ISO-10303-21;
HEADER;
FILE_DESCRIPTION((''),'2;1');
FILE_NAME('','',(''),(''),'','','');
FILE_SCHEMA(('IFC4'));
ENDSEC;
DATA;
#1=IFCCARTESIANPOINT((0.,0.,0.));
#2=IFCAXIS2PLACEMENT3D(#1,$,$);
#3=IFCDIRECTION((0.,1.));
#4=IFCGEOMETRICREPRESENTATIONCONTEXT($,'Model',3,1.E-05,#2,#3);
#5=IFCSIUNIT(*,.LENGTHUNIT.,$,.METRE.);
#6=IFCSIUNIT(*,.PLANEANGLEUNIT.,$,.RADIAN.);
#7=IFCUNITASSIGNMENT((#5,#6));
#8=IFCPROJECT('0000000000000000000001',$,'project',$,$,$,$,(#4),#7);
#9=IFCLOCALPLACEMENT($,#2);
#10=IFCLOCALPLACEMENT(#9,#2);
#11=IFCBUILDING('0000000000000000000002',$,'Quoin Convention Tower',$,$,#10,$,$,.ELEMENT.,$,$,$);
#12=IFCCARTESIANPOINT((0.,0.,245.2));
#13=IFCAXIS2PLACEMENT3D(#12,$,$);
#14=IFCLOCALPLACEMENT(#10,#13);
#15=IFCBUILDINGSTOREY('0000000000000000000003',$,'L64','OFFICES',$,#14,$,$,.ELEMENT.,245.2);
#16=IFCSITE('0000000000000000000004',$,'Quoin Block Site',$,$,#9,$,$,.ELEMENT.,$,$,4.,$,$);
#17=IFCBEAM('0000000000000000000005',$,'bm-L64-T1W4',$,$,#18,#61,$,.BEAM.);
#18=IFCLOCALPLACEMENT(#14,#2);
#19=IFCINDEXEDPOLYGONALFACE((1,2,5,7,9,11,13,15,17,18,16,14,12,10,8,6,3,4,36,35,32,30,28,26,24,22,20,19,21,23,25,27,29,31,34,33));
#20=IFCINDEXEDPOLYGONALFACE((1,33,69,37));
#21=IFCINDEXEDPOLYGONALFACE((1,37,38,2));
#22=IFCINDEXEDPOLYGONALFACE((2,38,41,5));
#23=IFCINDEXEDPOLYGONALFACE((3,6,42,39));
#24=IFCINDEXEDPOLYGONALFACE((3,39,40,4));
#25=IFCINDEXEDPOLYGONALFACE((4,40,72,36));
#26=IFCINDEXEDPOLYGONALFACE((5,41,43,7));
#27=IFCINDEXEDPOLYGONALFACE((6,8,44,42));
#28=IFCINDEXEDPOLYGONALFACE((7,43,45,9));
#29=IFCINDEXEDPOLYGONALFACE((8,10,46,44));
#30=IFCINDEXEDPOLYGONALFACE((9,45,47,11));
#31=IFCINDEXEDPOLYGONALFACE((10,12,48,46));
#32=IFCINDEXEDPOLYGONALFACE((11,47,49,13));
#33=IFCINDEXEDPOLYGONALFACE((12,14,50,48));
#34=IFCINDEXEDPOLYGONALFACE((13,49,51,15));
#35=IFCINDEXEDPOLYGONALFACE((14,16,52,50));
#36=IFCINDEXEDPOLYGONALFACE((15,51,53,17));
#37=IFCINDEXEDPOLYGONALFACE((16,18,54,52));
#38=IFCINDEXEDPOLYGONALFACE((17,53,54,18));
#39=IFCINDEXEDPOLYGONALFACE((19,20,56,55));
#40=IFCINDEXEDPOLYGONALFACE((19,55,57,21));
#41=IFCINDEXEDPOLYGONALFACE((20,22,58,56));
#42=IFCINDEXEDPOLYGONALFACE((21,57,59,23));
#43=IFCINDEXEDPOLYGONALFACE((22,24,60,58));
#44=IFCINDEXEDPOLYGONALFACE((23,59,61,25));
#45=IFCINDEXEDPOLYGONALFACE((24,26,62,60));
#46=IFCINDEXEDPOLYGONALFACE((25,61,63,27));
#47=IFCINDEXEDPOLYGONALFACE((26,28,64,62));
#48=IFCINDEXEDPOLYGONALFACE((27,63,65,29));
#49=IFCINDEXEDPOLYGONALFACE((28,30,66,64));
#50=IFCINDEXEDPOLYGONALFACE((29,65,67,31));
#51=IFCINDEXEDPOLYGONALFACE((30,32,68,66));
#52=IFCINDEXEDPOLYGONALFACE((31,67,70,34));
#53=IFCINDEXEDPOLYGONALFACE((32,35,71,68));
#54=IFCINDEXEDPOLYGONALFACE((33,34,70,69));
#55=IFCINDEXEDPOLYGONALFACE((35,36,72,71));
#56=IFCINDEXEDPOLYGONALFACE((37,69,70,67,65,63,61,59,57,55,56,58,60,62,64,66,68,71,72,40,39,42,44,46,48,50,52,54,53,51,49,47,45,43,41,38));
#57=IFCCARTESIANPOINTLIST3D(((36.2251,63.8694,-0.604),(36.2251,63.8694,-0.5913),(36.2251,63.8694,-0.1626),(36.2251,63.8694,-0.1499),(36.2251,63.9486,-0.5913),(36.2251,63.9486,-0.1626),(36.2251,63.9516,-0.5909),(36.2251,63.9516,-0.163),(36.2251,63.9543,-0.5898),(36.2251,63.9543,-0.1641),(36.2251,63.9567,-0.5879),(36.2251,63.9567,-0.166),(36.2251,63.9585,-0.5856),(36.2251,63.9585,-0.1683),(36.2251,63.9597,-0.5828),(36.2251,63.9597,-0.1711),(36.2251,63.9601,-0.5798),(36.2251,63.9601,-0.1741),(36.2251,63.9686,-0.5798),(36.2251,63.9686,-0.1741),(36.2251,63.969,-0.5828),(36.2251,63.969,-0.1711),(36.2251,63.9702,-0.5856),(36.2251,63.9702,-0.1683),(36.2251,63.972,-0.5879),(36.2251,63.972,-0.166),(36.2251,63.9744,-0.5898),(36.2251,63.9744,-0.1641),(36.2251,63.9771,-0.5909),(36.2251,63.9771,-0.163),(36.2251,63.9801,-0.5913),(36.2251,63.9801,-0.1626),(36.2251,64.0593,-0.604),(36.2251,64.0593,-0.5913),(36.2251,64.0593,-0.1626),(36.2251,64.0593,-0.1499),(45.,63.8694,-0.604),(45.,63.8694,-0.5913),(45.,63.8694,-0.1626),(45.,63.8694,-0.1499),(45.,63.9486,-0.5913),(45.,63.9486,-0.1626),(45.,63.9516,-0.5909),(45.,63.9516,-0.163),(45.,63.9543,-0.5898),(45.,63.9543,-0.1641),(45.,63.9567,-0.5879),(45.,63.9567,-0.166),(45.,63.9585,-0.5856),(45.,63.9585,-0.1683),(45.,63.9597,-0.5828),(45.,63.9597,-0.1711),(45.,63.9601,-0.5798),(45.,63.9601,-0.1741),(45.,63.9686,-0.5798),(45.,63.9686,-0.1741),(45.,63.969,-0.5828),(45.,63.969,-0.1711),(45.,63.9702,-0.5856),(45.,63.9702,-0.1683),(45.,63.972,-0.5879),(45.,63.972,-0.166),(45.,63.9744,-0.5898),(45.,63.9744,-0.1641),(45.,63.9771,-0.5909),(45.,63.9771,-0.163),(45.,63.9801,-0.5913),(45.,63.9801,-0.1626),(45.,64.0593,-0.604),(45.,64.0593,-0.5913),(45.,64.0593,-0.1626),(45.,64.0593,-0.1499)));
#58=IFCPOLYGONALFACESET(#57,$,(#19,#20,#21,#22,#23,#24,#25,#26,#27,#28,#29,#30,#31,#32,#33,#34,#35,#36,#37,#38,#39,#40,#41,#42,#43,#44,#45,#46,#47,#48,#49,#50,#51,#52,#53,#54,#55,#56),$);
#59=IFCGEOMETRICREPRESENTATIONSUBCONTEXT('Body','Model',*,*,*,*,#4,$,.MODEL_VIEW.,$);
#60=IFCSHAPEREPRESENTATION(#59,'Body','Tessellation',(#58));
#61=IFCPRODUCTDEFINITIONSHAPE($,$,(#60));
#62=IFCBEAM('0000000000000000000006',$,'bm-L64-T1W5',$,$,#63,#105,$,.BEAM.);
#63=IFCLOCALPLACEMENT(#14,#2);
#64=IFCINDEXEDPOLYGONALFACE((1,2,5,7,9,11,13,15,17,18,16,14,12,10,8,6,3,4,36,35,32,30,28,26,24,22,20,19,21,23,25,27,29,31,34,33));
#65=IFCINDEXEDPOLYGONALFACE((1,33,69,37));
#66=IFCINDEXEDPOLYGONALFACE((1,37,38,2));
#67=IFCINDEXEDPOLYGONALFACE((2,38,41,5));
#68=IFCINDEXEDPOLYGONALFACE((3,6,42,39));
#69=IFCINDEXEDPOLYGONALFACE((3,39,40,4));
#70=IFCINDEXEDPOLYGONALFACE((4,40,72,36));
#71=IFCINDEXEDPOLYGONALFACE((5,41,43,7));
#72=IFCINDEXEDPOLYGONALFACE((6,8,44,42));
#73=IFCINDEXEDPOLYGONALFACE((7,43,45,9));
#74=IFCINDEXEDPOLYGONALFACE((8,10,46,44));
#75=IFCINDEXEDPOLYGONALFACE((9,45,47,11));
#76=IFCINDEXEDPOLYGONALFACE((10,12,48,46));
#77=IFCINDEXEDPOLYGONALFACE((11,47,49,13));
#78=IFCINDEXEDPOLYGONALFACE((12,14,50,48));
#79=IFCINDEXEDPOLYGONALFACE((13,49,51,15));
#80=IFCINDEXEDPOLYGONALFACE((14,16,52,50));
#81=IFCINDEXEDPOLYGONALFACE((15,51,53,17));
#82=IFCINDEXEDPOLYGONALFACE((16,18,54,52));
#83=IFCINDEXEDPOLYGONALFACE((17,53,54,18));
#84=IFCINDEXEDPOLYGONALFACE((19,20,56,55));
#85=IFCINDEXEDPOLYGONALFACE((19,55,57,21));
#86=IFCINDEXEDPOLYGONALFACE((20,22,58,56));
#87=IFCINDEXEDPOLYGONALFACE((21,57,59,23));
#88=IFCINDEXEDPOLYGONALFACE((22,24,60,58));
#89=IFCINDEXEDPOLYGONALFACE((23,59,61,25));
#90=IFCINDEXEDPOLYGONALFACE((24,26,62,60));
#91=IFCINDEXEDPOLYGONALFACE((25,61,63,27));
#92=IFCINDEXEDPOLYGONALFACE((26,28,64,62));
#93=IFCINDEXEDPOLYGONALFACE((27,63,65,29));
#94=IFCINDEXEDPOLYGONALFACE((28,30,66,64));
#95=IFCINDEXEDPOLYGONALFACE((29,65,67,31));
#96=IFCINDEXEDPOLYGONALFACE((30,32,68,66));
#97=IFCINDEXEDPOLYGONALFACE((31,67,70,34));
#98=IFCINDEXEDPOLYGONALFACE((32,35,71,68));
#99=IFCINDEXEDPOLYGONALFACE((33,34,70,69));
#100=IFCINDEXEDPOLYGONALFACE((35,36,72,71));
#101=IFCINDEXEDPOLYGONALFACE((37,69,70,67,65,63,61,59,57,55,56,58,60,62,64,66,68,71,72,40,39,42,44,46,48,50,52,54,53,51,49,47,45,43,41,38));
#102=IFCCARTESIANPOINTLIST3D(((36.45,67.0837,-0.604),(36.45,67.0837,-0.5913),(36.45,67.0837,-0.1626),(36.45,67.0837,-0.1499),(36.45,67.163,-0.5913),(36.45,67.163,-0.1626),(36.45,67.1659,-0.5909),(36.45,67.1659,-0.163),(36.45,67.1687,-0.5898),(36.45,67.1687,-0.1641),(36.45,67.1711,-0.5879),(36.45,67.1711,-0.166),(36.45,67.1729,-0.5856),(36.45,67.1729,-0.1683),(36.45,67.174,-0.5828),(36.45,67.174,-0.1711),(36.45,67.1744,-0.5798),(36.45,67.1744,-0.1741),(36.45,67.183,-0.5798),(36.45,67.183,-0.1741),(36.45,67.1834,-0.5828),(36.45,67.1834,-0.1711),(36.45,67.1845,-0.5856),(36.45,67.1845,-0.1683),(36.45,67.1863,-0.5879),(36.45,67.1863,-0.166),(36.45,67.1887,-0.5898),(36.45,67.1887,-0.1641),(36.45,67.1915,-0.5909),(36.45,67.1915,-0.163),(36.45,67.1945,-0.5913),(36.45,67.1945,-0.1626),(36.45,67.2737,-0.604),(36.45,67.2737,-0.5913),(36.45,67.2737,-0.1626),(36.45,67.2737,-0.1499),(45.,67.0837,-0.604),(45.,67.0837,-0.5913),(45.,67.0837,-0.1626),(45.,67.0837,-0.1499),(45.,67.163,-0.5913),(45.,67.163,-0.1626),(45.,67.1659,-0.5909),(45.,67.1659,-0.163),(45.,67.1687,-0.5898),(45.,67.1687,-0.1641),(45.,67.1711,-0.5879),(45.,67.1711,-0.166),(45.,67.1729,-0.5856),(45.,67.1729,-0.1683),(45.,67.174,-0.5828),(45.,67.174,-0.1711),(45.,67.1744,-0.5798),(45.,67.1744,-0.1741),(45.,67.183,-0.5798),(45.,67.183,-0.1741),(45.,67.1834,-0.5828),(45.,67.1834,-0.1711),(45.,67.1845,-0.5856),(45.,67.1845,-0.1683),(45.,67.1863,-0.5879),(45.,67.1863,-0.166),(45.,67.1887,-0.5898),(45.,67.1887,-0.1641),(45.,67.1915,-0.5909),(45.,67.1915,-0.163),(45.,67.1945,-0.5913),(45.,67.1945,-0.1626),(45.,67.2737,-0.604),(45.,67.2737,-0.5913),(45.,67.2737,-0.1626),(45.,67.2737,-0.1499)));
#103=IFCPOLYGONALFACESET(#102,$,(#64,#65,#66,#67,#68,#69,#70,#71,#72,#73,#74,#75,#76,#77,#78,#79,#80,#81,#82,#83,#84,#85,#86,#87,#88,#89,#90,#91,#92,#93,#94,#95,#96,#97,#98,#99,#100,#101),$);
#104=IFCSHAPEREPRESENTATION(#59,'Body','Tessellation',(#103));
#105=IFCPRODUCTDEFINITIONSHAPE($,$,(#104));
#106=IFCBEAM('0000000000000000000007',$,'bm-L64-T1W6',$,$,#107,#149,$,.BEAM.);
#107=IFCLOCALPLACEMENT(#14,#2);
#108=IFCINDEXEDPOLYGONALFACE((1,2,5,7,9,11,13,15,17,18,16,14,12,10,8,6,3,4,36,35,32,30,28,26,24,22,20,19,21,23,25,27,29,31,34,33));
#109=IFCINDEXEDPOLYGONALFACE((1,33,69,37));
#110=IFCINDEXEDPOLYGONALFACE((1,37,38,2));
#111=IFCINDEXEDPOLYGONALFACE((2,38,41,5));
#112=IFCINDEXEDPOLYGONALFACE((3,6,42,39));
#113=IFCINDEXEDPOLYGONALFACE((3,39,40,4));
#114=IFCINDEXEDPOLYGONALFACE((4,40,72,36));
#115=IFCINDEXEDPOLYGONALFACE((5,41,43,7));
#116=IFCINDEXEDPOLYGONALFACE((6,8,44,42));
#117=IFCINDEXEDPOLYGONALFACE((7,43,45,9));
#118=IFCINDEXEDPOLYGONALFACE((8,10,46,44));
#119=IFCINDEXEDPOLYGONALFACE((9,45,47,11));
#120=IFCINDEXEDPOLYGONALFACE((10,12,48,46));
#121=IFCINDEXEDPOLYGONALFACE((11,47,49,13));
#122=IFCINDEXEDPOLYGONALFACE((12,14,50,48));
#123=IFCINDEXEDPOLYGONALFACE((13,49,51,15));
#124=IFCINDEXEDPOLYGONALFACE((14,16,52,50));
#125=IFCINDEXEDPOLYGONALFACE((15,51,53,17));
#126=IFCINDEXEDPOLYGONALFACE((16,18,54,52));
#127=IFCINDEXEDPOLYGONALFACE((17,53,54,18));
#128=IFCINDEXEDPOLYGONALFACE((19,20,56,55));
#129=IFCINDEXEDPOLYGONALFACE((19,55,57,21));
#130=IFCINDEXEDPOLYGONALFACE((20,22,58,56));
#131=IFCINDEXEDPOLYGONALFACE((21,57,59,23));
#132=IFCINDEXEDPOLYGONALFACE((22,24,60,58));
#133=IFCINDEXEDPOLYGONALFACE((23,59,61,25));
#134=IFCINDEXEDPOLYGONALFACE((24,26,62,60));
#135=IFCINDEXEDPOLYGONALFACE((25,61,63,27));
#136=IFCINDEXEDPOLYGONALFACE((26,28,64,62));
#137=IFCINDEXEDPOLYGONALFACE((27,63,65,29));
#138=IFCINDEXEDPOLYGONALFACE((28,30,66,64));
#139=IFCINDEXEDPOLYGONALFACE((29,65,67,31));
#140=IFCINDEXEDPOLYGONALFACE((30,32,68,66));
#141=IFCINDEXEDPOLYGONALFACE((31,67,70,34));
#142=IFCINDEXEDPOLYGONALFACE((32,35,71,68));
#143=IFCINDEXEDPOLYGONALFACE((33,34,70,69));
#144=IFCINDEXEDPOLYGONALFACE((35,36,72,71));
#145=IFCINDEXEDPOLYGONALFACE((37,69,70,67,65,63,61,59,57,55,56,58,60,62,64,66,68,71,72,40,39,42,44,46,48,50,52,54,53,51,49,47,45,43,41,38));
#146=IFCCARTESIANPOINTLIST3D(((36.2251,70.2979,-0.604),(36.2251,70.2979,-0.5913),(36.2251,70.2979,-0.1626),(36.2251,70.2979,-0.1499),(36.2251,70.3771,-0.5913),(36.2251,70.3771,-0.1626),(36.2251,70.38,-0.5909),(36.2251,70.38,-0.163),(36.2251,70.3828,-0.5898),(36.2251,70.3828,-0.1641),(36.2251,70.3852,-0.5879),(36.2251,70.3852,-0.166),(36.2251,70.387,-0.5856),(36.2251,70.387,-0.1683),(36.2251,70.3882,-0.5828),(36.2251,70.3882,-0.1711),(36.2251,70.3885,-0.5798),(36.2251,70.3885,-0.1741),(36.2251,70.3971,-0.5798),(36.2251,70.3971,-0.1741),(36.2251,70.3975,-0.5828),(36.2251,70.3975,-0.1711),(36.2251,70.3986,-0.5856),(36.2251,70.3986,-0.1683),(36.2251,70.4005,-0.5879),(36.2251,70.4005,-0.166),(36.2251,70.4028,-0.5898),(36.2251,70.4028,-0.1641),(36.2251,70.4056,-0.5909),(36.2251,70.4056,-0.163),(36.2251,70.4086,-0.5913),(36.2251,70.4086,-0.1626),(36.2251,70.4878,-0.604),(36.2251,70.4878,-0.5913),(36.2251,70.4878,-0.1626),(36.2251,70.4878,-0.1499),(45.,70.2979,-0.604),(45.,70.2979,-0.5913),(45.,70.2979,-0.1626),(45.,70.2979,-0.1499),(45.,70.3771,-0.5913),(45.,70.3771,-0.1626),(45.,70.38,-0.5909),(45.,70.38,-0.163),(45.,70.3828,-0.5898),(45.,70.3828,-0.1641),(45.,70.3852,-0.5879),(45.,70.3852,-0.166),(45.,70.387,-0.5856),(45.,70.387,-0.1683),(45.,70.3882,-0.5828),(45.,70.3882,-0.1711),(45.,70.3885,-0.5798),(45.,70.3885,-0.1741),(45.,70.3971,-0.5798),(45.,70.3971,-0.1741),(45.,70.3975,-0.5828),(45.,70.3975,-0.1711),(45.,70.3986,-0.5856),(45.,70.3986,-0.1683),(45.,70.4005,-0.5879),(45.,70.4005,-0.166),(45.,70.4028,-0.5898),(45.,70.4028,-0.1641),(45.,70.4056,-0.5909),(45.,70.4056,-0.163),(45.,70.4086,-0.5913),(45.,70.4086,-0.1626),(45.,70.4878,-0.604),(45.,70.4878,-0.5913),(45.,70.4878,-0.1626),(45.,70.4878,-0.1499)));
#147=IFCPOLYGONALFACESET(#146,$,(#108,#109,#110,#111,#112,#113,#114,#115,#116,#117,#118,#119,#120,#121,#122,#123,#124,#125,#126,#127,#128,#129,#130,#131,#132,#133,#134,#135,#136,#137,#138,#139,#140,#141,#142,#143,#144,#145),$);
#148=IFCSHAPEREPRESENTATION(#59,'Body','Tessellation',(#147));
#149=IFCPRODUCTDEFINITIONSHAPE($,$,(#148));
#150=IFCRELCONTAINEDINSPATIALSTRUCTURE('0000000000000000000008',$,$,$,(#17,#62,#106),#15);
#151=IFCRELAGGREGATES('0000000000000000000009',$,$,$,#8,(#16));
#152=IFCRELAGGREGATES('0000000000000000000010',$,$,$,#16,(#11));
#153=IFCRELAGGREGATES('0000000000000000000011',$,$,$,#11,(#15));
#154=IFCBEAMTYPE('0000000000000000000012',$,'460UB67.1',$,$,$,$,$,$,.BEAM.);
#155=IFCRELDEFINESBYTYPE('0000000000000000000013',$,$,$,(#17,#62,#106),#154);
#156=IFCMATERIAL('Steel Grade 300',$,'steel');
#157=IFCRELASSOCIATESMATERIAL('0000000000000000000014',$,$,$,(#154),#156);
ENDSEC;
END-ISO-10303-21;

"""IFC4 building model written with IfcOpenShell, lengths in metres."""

from ifc_helpers import new_model, si_unit, direction, frame, origin, origin_2d, place, context, subcontext, project, spatial, i_section, extrude, material, material_profile, profile_set, type_object, element, save


model = new_model("IFC4")

# Units and contexts
model_context = context("Model", 3, precision=1e-05, world=origin(), true_north=direction((0.0, 1.0)))
body_context = subcontext(model_context, "Body", "Model", "MODEL_VIEW")
ifc_project = project(units=[si_unit("LENGTHUNIT", "METRE"), si_unit("PLANEANGLEUNIT", "RADIAN")], contexts=[model_context])

# Site, building, storey
site_placement = place(None, origin())
site = spatial("IfcSite", under=ifc_project, at=site_placement, Name="Quoin Block Site", CompositionType="ELEMENT", RefElevation=4.0)
building_placement = place(site_placement, origin())
building = spatial("IfcBuilding", under=site, at=building_placement, Name="Quoin Convention Tower", CompositionType="ELEMENT")
storey_placement = place(building_placement, frame((0.0, 0.0, 245.2)))
storey = spatial("IfcBuildingStorey", under=building, at=storey_placement, Name="L64", Description="OFFICES", CompositionType="ELEMENT", Elevation=245.2)

# Beams
ifc_material_1 = material(Name="Steel Grade 300", Category="steel")
ifc_material_profile = material_profile(ifc_material_1, i_section(OverallWidth=0.1899, OverallDepth=0.4541, WebThickness=0.0085, FlangeThickness=0.0127, FilletRadius=0.0115, at=origin_2d()), Name="460UB67.1")
ifc_profile_set = profile_set([ifc_material_profile], Name="Steel Grade 300")
beam_type = type_object("IfcBeamType", Name="460UB67.1", PredefinedType="BEAM", material=ifc_profile_set)
beam_1_placement = place(storey_placement, frame((36.2251, 63.9644, -0.377), z_axis=(1.0, 0.0, 0.0), x_axis=(0.0, 1.0, 0.0)))
element("IfcBeam", 1, at=beam_1_placement, inside=storey, type_object=beam_type, Name="bm-L64-T1W4", PredefinedType="BEAM", context=body_context, shape_type="SweptSolid", body=[
    extrude(i_section(OverallWidth=0.1899, OverallDepth=0.4541, WebThickness=0.0085, FlangeThickness=0.0127, FilletRadius=0.0115, at=origin_2d()), origin(), (0.0, 0.0, 1.0), 8.7749),
])
beam_2_placement = place(storey_placement, frame((36.45, 67.1787, -0.377), z_axis=(1.0, 0.0, 0.0), x_axis=(0.0, 1.0, 0.0)))
element("IfcBeam", 2, at=beam_2_placement, inside=storey, type_object=beam_type, Name="bm-L64-T1W5", PredefinedType="BEAM", context=body_context, shape_type="SweptSolid", body=[
    extrude(i_section(OverallWidth=0.1899, OverallDepth=0.4541, WebThickness=0.0085, FlangeThickness=0.0127, FilletRadius=0.0115, at=origin_2d()), origin(), (0.0, 0.0, 1.0), 8.55),
])
beam_3_placement = place(storey_placement, frame((36.2251, 70.3928, -0.377), z_axis=(1.0, 0.0, 0.0), x_axis=(0.0, 1.0, 0.0)))
element("IfcBeam", 3, at=beam_3_placement, inside=storey, type_object=beam_type, Name="bm-L64-T1W6", PredefinedType="BEAM", context=body_context, shape_type="SweptSolid", body=[
    extrude(i_section(OverallWidth=0.1899, OverallDepth=0.4541, WebThickness=0.0085, FlangeThickness=0.0127, FilletRadius=0.0115, at=origin_2d()), origin(), (0.0, 0.0, 1.0), 8.7749),
])

save(model, "model.ifc")
